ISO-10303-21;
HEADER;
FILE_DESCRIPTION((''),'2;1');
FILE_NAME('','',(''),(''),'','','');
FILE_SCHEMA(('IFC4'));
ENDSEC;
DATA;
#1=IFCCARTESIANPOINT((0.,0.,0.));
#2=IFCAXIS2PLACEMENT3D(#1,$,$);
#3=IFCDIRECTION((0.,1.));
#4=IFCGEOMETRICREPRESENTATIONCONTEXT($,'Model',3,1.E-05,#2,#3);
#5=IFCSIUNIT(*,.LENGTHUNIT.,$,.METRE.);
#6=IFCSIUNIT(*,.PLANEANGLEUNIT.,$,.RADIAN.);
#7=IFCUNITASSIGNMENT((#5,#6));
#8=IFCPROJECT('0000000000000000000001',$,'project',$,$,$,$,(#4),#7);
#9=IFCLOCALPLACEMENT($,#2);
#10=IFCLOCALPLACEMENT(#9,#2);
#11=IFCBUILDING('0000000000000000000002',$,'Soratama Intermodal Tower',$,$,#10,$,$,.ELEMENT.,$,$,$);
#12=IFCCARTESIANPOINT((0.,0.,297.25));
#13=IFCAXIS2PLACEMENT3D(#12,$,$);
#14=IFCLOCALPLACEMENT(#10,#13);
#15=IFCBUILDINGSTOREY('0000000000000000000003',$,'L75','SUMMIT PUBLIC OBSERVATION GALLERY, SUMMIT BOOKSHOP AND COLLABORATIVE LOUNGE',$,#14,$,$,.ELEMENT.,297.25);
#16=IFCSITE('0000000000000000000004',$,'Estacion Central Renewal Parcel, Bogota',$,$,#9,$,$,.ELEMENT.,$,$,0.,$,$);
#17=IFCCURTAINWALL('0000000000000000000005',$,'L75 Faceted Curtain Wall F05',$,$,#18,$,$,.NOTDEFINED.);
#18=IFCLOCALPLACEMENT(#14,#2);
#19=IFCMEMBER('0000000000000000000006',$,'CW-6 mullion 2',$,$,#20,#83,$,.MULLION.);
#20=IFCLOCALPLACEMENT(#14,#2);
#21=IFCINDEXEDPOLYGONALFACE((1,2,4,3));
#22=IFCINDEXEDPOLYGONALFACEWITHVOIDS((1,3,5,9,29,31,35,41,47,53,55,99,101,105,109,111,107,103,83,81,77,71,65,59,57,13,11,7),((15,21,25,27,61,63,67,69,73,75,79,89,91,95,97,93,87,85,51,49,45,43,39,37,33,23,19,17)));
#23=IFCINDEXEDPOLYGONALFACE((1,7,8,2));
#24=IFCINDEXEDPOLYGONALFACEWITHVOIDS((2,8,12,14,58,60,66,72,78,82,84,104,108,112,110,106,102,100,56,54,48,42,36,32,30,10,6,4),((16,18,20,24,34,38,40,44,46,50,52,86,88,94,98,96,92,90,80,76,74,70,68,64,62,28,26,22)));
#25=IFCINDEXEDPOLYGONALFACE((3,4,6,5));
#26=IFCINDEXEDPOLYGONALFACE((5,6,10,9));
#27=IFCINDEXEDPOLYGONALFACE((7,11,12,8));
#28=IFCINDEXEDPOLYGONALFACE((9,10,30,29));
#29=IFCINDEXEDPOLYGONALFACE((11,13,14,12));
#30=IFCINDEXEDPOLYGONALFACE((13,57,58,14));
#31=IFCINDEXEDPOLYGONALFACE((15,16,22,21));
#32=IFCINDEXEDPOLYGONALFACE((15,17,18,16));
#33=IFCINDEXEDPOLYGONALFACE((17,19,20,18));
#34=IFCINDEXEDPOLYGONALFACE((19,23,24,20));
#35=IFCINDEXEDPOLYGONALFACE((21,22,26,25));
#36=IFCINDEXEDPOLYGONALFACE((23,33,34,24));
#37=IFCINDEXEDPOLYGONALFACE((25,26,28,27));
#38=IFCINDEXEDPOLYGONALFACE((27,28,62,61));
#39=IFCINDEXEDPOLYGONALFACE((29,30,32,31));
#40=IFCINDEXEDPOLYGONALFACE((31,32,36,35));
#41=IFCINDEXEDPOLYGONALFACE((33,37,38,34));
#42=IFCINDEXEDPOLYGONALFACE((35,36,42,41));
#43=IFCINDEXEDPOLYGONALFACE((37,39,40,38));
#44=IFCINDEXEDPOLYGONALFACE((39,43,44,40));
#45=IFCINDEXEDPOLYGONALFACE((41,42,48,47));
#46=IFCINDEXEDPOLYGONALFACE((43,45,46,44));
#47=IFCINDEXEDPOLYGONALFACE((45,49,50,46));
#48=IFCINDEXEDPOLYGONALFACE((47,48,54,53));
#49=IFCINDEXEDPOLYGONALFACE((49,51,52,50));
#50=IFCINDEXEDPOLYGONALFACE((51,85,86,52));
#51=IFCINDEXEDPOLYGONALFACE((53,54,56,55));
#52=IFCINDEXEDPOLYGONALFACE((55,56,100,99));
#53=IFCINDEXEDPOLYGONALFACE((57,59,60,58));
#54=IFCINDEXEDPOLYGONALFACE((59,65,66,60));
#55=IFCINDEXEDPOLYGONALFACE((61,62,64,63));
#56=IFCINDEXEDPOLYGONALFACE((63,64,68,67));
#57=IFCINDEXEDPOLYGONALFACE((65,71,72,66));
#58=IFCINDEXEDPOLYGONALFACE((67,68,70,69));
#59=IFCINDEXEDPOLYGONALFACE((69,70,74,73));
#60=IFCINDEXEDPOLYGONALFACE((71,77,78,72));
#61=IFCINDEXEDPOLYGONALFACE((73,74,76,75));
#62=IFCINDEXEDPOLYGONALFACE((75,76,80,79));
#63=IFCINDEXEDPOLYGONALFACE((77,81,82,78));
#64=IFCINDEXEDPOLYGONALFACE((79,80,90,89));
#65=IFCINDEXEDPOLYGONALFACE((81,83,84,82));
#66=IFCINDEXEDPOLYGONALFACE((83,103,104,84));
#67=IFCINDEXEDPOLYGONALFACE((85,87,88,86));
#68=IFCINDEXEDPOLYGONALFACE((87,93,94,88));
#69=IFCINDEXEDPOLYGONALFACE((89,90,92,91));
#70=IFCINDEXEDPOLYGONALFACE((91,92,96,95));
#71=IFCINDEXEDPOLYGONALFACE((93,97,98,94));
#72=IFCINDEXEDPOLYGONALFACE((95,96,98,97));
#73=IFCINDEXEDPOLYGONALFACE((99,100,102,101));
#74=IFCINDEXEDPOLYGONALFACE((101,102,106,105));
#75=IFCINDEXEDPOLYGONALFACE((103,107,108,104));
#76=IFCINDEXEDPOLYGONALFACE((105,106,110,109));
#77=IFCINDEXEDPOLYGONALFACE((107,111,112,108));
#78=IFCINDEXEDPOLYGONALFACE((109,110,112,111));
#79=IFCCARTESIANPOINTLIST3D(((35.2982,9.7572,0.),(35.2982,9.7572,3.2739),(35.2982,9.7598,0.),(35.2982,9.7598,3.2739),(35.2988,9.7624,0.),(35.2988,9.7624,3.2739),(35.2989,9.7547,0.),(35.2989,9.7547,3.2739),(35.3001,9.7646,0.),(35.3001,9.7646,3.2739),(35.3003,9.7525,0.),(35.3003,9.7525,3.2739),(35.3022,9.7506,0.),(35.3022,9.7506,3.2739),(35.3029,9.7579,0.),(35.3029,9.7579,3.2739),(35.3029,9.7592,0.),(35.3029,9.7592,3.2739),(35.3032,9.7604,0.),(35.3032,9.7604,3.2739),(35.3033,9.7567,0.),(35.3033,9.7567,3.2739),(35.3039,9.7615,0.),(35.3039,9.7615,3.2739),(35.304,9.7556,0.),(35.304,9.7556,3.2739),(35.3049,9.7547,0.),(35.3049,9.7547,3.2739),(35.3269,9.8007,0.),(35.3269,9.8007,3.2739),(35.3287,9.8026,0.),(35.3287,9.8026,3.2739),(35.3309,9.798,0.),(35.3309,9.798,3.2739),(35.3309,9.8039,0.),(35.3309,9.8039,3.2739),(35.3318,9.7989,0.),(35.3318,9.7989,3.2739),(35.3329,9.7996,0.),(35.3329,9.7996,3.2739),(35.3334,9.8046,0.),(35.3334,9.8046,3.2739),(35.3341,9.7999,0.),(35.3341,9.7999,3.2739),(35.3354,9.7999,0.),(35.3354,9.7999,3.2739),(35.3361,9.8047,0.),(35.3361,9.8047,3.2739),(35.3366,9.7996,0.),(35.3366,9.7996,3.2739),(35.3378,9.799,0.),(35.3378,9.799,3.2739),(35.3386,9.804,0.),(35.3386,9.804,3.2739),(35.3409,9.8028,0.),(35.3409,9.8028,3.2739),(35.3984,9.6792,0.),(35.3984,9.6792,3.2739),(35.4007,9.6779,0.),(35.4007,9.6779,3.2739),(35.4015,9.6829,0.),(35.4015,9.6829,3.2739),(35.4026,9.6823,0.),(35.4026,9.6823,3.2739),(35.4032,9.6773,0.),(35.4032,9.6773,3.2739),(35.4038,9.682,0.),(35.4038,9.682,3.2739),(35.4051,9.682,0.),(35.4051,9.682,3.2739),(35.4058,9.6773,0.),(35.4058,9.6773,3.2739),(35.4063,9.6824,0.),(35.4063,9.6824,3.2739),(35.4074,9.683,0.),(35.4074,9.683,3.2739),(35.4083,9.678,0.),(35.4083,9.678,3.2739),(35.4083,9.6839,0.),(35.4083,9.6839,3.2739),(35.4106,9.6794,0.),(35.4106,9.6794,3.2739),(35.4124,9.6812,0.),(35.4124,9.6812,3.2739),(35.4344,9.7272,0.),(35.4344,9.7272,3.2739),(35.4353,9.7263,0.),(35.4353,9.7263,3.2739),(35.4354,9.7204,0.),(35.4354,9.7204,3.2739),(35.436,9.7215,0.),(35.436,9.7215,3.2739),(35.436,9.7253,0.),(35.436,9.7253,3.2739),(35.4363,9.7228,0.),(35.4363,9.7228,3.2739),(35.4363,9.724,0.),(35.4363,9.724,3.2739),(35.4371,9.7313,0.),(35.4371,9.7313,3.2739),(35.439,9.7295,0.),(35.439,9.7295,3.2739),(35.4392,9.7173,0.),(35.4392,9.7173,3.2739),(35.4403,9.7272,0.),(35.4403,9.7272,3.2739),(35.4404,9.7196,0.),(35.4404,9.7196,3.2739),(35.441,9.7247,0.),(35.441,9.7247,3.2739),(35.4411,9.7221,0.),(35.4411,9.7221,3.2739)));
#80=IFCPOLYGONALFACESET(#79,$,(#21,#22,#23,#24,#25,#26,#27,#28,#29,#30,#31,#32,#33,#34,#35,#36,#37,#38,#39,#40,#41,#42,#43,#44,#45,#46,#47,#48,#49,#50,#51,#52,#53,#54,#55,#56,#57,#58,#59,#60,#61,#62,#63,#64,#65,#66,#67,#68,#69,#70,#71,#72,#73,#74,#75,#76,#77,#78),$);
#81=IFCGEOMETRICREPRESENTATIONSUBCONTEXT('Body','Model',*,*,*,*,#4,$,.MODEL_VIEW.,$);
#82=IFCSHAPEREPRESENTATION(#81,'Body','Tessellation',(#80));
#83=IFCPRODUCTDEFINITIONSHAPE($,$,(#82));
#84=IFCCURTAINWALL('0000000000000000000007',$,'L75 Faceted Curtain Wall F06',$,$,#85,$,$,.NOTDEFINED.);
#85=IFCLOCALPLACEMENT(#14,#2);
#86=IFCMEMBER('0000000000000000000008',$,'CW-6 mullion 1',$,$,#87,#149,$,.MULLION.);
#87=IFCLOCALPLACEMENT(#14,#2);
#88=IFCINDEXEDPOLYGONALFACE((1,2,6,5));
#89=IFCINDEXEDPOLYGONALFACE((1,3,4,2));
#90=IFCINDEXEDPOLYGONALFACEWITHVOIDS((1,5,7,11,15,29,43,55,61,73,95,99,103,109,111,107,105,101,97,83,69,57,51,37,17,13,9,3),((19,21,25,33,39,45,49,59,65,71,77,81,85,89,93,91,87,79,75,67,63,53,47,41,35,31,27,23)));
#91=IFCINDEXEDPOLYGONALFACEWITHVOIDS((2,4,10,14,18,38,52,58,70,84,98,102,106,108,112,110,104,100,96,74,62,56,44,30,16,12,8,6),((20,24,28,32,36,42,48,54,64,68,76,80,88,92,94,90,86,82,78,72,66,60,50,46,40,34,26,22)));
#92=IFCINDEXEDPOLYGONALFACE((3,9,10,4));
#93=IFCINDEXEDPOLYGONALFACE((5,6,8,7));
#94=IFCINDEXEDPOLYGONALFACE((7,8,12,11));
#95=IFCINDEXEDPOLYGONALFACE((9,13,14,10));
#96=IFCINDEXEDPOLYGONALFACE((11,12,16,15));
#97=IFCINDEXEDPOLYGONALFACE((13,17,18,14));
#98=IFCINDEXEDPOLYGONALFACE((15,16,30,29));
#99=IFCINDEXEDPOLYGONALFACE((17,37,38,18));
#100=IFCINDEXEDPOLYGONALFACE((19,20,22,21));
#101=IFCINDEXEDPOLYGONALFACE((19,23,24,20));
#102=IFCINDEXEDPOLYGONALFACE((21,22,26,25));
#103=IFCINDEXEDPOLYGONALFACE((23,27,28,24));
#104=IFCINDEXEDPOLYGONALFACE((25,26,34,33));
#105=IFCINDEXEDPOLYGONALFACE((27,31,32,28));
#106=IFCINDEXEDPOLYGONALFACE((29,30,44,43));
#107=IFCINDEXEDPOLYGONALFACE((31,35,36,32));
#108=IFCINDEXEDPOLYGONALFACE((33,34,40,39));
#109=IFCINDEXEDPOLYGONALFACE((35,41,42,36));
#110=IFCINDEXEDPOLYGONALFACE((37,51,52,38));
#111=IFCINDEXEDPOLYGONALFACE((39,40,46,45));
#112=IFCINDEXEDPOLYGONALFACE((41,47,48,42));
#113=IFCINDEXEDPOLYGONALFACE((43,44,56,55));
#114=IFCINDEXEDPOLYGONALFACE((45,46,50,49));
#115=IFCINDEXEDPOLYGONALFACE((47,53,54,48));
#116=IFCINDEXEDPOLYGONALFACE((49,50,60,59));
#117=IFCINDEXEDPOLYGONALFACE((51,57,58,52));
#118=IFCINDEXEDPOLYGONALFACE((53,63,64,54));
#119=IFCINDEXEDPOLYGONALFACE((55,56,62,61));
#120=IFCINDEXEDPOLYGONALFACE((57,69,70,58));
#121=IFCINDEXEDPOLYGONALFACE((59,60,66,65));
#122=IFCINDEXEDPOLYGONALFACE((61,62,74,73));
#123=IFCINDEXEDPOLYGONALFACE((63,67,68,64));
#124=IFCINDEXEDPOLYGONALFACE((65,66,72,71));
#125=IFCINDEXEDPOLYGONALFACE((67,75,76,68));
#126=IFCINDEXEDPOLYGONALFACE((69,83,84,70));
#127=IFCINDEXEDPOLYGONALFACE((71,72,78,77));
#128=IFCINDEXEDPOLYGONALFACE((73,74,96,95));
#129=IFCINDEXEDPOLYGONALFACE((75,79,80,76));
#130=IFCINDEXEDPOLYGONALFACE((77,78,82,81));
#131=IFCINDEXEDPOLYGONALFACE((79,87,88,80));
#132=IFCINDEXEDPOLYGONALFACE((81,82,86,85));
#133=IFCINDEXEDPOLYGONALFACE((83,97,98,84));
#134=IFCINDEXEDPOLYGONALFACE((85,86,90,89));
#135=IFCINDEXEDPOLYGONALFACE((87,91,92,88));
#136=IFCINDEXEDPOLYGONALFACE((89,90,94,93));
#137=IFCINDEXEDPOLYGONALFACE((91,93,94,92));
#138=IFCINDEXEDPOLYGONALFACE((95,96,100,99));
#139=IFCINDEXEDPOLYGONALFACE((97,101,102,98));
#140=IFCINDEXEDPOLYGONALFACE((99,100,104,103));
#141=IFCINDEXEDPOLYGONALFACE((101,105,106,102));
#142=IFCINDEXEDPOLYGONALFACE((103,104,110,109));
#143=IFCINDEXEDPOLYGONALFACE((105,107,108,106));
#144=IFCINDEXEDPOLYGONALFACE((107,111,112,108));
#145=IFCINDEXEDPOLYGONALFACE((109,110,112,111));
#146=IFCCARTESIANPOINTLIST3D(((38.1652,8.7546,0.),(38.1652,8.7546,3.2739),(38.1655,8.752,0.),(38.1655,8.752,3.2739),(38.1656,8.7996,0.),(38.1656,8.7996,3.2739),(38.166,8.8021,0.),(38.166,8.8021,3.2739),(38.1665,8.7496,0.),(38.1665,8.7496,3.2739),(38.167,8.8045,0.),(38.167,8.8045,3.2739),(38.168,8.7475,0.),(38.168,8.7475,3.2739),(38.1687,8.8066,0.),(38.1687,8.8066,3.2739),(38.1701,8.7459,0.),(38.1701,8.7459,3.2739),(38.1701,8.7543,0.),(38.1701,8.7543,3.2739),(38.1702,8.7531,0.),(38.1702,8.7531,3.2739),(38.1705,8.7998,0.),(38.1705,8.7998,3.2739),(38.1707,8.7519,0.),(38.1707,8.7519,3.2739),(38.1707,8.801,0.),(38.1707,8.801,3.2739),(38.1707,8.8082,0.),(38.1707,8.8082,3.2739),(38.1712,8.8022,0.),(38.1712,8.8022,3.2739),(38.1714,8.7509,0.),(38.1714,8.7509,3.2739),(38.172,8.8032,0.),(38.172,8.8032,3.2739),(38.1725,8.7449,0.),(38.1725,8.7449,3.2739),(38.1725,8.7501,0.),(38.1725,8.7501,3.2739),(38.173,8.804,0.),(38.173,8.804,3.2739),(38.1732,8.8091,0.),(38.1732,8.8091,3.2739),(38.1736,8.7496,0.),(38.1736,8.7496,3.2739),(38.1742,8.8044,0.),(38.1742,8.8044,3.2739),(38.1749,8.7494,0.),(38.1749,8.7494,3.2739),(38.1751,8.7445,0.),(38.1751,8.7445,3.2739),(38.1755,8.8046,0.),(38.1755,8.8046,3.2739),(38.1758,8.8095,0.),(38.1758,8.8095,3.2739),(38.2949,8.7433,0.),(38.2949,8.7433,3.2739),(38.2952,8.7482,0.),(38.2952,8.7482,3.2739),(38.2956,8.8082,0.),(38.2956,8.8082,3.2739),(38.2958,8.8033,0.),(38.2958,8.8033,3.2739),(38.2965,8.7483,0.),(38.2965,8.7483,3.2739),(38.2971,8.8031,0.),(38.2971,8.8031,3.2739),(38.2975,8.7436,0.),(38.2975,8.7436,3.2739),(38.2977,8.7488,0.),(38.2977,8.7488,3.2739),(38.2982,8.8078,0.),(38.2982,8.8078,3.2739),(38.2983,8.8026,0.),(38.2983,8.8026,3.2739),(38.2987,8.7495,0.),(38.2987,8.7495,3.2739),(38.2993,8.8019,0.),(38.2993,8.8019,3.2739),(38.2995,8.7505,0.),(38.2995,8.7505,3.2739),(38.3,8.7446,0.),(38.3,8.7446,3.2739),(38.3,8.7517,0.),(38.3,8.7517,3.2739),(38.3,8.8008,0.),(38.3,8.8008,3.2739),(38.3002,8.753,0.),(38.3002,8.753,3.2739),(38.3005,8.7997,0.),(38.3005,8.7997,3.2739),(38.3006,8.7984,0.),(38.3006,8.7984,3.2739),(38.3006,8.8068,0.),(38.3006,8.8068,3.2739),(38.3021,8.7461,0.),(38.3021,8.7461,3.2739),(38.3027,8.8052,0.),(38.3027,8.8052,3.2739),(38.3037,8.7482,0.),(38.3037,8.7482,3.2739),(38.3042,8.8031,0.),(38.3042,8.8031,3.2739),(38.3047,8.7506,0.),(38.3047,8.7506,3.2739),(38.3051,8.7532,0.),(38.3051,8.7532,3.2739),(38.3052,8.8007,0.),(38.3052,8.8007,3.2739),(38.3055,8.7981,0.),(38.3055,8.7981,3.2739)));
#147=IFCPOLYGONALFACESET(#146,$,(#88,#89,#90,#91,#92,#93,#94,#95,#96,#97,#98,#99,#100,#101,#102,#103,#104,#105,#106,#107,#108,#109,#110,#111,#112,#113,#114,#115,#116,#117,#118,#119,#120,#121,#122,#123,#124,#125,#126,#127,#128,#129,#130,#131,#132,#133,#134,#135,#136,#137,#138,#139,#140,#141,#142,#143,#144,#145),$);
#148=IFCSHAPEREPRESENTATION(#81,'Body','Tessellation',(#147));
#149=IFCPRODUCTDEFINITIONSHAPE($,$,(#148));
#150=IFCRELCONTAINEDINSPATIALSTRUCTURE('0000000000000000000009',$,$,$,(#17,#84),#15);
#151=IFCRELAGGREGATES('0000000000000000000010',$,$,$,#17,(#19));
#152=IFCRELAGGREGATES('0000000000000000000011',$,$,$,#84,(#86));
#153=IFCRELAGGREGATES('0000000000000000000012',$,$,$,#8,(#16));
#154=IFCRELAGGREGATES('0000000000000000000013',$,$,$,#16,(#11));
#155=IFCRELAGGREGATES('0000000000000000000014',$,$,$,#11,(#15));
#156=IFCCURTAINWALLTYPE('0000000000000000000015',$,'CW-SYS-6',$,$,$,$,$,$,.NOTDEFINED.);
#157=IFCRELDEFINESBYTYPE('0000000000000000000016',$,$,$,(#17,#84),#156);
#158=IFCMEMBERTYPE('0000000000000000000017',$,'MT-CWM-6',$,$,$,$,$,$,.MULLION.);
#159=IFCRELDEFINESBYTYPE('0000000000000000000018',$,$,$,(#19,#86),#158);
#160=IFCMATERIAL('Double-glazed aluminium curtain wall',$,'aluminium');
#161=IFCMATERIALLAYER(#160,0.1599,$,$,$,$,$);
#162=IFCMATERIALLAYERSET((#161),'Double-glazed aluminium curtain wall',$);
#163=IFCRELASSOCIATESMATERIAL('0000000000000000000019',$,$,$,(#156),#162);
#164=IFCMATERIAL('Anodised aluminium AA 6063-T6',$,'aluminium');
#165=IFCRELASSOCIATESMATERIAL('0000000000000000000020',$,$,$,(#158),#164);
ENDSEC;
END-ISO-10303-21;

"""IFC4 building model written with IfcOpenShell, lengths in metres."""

from ifc_helpers import new_model, si_unit, direction, frame, origin, origin_2d, place, context, subcontext, project, spatial, hollow_rectangle, extrude, material, layer, layer_set, material_profile, profile_set, type_object, element, aggregate, save


model = new_model("IFC4")

# Units and contexts
model_context = context("Model", 3, precision=1e-05, world=origin(), true_north=direction((0.0, 1.0)))
body_context = subcontext(model_context, "Body", "Model", "MODEL_VIEW")
ifc_project = project(units=[si_unit("LENGTHUNIT", "METRE"), si_unit("PLANEANGLEUNIT", "RADIAN")], contexts=[model_context])

# Site, building, storey
site_placement = place(None, origin())
site = spatial("IfcSite", under=ifc_project, at=site_placement, Name="Estacion Central Renewal Parcel, Bogota", CompositionType="ELEMENT", RefElevation=0.0)
building_placement = place(site_placement, origin())
building = spatial("IfcBuilding", under=site, at=building_placement, Name="Soratama Intermodal Tower", CompositionType="ELEMENT")
storey_placement = place(building_placement, frame((0.0, 0.0, 297.25)))
storey = spatial("IfcBuildingStorey", under=building, at=storey_placement, Name="L75", Description="SUMMIT PUBLIC OBSERVATION GALLERY, SUMMIT BOOKSHOP AND COLLABORATIVE LOUNGE", CompositionType="ELEMENT", Elevation=297.25)

# Curtain wall, member
ifc_material_1 = material(Name="Double-glazed aluminium curtain wall", Category="aluminium")
ifc_layer_1 = layer(ifc_material_1, 0.1599)
ifc_layer_set_1 = layer_set([ifc_layer_1], Name="Double-glazed aluminium curtain wall")
curtain_wall_type = type_object("IfcCurtainWallType", Name="CW-SYS-6", PredefinedType="NOTDEFINED", material=ifc_layer_set_1)
curtain_wall_1_placement = place(storey_placement, origin())
curtain_wall_1 = element("IfcCurtainWall", 1, at=curtain_wall_1_placement, inside=storey, type_object=curtain_wall_type, Name="L75 Faceted Curtain Wall F05", PredefinedType="NOTDEFINED")
ifc_material_2 = material(Name="Anodised aluminium AA 6063-T6", Category="aluminium")
ifc_material_profile_1 = material_profile(ifc_material_2, hollow_rectangle(XDim=0.0649, YDim=0.1399, WallThickness=0.0049, InnerFilletRadius=0.0049, OuterFilletRadius=0.01, at=origin_2d()), Name="CWM140X65X5")
ifc_profile_set_1 = profile_set([ifc_material_profile_1], Name="Anodised aluminium AA 6063-T6")
member_type_1 = type_object("IfcMemberType", Name="MT-CWM-6", PredefinedType="MULLION", material=ifc_profile_set_1)
member_1_placement = place(storey_placement, frame((35.3696, 9.741, 0.0), z_axis=(0.0, 0.0, 1.0), x_axis=(0.596228, 0.802815, 0.0)))
member_1 = element("IfcMember", 2, at=member_1_placement, type_object=member_type_1, Name="CW-6 mullion 2", PredefinedType="MULLION", context=body_context, shape_type="SweptSolid", body=[
    extrude(hollow_rectangle(XDim=0.0649, YDim=0.1399, WallThickness=0.0049, InnerFilletRadius=0.0049, OuterFilletRadius=0.01, at=origin_2d()), origin(), (0.0, 0.0, 1.0), 3.2739),
])
aggregate(curtain_wall_1, [member_1])

# Curtain wall, member
curtain_wall_2_placement = place(storey_placement, origin())
curtain_wall_2 = element("IfcCurtainWall", 3, at=curtain_wall_2_placement, inside=storey, type_object=curtain_wall_type, Name="L75 Faceted Curtain Wall F06", PredefinedType="NOTDEFINED")
member_2_placement = place(storey_placement, frame((38.2354, 8.7764, 0.0), z_axis=(0.0, 0.0, 1.0), x_axis=(0.010471, 0.999945, 0.0)))
member_2 = element("IfcMember", 4, at=member_2_placement, type_object=member_type_1, Name="CW-6 mullion 1", PredefinedType="MULLION", context=body_context, shape_type="SweptSolid", body=[
    extrude(hollow_rectangle(XDim=0.0649, YDim=0.1399, WallThickness=0.0049, InnerFilletRadius=0.0049, OuterFilletRadius=0.01, at=origin_2d()), origin(), (0.0, 0.0, 1.0), 3.2739),
])
aggregate(curtain_wall_2, [member_2])

save(model, "model.ifc")
